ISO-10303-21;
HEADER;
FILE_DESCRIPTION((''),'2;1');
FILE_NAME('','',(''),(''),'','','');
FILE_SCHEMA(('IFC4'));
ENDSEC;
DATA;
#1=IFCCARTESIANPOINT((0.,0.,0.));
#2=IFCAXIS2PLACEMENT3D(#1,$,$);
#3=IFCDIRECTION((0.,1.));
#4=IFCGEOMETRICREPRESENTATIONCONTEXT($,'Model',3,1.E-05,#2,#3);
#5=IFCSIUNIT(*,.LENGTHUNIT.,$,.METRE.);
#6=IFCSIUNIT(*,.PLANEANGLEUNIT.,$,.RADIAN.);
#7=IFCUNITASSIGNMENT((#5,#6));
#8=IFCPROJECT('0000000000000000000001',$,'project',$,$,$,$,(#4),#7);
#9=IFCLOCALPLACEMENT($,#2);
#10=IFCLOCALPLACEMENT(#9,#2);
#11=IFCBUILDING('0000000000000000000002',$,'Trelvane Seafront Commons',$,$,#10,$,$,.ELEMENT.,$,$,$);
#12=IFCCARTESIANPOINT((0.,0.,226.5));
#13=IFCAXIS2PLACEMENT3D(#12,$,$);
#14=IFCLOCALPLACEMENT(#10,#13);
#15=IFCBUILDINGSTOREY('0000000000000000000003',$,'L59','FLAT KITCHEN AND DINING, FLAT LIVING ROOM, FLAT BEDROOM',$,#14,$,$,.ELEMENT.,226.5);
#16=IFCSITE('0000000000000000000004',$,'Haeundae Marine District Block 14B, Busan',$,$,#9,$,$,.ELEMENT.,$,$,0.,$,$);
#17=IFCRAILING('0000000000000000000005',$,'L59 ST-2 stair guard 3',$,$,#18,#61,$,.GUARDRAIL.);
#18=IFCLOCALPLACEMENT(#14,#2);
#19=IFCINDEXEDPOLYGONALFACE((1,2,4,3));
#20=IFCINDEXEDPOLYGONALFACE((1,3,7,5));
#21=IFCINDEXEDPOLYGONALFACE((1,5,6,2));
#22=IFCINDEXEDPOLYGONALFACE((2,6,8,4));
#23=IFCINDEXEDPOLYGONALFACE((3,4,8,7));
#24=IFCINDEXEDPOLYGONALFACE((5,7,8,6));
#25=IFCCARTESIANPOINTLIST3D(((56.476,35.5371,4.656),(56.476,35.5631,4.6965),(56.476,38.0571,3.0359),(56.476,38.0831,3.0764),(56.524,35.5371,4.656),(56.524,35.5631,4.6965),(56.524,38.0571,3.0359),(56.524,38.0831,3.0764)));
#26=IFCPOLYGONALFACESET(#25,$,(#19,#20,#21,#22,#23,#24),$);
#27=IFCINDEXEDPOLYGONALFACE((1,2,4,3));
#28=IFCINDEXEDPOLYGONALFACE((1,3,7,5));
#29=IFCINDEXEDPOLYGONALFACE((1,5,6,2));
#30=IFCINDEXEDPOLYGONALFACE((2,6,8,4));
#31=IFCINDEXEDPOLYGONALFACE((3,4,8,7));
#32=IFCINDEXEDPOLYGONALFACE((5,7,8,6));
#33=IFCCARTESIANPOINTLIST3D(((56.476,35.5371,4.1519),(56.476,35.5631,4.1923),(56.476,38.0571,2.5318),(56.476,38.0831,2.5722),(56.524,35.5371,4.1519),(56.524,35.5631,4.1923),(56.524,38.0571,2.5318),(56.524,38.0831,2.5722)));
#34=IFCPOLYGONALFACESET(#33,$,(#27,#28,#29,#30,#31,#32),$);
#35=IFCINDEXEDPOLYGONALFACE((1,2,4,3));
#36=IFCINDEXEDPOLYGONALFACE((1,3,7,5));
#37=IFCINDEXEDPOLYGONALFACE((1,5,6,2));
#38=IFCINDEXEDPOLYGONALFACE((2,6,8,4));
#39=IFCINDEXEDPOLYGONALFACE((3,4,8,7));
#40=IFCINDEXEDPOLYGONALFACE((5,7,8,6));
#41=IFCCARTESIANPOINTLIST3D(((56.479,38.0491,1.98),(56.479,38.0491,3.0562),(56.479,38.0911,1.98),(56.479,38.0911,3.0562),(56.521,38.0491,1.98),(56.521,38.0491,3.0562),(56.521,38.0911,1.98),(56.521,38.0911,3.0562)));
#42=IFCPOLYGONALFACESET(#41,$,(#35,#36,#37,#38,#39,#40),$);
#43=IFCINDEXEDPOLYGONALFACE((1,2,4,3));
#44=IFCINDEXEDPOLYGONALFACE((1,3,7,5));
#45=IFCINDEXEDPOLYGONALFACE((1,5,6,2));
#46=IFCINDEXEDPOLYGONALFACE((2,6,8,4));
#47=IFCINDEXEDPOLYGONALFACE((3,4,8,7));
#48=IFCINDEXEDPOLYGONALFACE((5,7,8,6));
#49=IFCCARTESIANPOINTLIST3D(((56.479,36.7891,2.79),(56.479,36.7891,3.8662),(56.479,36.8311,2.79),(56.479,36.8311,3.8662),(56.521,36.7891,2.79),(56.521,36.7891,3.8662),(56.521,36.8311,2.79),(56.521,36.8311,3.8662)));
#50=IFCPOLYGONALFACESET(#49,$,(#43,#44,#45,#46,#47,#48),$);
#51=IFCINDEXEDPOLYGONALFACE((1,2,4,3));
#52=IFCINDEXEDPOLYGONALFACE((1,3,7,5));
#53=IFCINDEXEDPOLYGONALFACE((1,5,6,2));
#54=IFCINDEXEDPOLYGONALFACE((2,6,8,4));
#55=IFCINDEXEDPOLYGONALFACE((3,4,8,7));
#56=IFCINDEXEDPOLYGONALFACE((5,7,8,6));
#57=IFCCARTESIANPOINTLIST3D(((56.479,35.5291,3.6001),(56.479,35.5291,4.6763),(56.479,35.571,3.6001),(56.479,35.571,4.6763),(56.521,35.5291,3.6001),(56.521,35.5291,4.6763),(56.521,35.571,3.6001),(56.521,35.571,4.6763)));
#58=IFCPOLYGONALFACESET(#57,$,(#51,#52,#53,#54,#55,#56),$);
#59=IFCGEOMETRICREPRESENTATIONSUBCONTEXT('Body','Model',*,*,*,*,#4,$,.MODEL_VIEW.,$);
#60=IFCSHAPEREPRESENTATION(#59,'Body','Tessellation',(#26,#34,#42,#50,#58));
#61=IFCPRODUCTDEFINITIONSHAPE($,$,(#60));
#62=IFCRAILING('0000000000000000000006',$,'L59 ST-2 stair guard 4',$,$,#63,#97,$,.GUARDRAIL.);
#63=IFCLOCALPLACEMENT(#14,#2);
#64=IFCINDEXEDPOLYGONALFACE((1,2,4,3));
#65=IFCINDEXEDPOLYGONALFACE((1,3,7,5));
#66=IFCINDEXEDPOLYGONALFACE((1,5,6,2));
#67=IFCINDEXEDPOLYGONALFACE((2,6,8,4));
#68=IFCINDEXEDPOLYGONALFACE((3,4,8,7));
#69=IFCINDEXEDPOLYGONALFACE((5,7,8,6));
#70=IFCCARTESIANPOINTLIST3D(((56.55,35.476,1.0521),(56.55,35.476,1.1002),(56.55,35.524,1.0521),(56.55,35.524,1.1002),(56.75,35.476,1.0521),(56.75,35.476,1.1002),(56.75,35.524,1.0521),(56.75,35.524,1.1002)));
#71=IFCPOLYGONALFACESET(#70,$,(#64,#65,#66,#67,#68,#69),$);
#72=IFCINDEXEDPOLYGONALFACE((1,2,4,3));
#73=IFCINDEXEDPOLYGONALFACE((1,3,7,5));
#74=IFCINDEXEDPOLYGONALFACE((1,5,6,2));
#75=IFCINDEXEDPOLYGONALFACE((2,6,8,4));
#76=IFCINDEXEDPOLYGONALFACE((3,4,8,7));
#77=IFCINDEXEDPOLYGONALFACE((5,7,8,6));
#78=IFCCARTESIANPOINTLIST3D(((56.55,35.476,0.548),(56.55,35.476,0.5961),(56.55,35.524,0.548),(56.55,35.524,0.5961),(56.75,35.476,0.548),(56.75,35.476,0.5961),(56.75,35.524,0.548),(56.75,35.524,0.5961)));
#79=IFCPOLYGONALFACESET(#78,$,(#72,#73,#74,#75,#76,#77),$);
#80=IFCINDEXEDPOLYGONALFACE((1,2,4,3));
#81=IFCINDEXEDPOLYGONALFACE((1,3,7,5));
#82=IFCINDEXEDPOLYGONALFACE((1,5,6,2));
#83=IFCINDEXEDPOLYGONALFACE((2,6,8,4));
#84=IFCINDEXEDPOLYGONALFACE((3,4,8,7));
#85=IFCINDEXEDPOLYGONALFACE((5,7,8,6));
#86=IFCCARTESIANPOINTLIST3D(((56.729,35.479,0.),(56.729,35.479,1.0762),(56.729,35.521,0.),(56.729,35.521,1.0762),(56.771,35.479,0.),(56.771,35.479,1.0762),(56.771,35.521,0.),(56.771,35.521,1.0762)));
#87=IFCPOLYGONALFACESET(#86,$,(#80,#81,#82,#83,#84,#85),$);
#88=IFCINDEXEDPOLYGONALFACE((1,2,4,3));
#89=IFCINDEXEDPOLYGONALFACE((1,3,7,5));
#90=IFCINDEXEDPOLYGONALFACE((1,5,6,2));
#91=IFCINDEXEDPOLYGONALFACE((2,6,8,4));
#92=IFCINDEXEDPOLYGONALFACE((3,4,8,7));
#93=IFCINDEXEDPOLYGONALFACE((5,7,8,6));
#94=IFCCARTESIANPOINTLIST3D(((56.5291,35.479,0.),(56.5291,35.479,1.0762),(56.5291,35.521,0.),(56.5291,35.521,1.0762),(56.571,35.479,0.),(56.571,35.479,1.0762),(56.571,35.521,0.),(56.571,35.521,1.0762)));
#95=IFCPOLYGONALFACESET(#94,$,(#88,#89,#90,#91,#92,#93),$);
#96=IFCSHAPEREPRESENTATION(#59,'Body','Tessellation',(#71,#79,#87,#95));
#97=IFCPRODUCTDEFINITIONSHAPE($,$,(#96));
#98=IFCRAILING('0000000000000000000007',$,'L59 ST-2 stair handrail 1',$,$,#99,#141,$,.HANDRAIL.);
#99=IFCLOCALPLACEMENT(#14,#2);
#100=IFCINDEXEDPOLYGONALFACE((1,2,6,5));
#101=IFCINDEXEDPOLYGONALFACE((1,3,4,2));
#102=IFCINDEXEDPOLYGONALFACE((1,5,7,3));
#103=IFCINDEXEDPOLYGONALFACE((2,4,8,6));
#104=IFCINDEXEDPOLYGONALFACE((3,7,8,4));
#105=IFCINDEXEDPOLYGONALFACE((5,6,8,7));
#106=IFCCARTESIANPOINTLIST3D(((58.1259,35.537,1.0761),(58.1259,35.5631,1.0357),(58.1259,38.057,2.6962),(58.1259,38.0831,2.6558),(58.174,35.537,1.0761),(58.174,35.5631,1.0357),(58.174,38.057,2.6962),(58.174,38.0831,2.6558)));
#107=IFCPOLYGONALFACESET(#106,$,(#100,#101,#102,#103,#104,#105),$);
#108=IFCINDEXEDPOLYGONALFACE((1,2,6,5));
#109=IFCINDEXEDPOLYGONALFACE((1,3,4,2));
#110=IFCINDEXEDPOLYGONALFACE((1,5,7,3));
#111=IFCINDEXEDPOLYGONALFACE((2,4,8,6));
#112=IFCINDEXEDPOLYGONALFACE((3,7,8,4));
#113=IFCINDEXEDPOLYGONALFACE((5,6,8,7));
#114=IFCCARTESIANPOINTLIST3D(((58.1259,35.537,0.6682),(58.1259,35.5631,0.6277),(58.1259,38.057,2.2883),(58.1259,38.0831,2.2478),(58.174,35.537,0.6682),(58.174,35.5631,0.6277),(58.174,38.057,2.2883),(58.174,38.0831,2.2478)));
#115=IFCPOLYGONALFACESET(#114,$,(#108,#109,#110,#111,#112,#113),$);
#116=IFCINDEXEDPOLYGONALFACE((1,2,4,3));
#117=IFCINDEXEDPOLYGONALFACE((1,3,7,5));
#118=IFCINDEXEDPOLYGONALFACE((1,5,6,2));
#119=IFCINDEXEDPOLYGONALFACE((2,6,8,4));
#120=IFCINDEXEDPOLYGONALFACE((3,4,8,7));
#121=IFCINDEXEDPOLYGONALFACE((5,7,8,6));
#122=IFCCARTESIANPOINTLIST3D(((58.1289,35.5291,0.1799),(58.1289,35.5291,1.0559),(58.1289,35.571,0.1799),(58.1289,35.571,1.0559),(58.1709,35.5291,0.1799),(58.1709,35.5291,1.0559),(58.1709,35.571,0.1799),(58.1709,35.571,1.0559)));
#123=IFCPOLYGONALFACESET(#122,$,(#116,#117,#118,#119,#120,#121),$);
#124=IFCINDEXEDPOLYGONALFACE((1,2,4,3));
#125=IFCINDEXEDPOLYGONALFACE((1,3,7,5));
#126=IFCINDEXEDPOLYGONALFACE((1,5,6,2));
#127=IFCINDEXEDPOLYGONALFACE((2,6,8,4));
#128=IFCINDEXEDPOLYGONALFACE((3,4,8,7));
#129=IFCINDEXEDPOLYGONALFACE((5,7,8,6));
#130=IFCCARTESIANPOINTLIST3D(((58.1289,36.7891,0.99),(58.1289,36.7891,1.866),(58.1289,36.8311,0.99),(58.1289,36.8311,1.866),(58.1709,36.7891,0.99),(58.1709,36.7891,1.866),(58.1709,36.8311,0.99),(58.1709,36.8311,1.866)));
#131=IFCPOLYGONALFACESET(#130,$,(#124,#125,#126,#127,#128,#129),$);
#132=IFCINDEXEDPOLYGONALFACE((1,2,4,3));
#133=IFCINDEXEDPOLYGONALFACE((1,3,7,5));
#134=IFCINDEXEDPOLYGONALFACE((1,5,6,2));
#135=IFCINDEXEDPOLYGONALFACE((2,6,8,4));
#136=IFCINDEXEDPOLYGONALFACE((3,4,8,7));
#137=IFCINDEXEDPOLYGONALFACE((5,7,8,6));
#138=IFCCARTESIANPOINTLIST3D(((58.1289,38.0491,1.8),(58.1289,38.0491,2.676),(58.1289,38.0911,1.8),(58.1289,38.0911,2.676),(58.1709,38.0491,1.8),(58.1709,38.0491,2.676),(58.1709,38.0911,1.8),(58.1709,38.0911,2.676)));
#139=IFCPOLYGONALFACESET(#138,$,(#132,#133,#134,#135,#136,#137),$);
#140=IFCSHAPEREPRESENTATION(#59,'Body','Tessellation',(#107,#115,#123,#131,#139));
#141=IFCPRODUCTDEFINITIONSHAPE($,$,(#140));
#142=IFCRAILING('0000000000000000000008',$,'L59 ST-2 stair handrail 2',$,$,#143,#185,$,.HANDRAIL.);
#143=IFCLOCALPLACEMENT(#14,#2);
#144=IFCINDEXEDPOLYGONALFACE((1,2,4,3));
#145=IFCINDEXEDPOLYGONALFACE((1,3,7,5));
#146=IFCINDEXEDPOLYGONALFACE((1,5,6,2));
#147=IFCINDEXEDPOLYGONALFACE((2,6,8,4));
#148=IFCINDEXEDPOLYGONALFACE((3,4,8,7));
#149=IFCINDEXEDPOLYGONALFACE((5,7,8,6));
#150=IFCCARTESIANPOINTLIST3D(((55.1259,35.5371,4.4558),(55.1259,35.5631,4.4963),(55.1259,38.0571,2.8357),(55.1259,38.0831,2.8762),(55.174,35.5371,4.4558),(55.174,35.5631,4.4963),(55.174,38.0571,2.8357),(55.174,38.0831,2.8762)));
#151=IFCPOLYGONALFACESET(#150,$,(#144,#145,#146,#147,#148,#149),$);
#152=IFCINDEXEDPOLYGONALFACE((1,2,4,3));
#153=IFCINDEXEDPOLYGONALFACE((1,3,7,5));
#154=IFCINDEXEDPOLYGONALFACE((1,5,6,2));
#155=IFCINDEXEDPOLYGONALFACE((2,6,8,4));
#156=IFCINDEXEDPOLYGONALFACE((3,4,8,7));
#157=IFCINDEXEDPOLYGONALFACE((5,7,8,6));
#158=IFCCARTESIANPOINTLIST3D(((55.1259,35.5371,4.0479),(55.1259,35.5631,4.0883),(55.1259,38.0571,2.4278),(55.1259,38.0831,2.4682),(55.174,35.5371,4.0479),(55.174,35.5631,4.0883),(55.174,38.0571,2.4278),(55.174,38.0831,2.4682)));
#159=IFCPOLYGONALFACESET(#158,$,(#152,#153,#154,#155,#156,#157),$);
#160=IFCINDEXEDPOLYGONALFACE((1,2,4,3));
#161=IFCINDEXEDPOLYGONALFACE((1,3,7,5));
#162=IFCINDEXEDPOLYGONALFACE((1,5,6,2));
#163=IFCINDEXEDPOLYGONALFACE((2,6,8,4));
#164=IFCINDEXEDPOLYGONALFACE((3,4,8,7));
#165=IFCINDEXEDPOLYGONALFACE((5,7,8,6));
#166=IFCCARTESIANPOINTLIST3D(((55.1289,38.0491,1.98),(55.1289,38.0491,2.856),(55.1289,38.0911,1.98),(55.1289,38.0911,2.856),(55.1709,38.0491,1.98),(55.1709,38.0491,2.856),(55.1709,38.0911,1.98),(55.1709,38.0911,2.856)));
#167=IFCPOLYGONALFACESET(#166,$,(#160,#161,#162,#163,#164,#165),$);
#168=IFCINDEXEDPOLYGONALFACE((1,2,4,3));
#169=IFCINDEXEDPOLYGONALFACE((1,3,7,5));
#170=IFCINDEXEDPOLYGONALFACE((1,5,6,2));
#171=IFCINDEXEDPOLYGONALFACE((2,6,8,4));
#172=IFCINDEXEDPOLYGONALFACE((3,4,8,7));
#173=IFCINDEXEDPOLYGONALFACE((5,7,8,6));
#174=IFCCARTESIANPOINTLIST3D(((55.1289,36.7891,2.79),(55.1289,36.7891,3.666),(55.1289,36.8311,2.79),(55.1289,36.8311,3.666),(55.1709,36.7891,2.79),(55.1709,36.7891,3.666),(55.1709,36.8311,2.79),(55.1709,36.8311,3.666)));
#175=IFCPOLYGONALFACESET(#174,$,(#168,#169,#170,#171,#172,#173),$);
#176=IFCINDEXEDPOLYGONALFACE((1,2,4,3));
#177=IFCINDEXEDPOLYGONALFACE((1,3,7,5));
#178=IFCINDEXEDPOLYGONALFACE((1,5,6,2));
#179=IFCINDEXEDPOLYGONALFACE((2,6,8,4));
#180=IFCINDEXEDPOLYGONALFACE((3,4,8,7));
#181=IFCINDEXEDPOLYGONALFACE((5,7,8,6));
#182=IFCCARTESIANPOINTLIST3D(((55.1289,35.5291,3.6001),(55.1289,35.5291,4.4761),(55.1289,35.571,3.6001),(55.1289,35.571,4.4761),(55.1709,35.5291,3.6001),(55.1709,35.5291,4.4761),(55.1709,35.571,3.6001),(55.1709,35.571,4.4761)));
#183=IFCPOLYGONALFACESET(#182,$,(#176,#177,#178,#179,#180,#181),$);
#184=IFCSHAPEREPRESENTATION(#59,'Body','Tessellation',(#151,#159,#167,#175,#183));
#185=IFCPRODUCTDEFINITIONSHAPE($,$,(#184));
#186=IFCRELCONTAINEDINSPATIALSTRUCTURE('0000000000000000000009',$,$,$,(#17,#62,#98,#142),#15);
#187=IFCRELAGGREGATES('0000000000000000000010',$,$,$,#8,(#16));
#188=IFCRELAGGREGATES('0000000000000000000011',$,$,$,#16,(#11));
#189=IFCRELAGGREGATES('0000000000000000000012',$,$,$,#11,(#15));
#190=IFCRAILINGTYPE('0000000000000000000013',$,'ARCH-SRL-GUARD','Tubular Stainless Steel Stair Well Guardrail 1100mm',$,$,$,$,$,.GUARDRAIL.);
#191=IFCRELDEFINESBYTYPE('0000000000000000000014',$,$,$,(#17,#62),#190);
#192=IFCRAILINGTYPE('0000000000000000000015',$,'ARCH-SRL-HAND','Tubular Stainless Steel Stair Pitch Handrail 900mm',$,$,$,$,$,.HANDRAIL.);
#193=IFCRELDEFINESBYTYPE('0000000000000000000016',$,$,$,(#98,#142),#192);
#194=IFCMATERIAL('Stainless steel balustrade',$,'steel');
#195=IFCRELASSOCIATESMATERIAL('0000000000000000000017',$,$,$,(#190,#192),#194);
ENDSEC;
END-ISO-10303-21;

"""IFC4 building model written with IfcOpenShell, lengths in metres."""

from ifc_helpers import new_model, si_unit, direction, frame, origin, origin_2d, place, context, subcontext, project, spatial, rectangle, extrude, material, type_object, element, save


model = new_model("IFC4")

# Units and contexts
model_context = context("Model", 3, precision=1e-05, world=origin(), true_north=direction((0.0, 1.0)))
body_context = subcontext(model_context, "Body", "Model", "MODEL_VIEW")
ifc_project = project(units=[si_unit("LENGTHUNIT", "METRE"), si_unit("PLANEANGLEUNIT", "RADIAN")], contexts=[model_context])

# Site, building, storey
site_placement = place(None, origin())
site = spatial("IfcSite", under=ifc_project, at=site_placement, Name="Haeundae Marine District Block 14B, Busan", CompositionType="ELEMENT", RefElevation=0.0)
building_placement = place(site_placement, origin())
building = spatial("IfcBuilding", under=site, at=building_placement, Name="Trelvane Seafront Commons", CompositionType="ELEMENT")
storey_placement = place(building_placement, frame((0.0, 0.0, 226.5)))
storey = spatial("IfcBuildingStorey", under=building, at=storey_placement, Name="L59", Description="FLAT KITCHEN AND DINING, FLAT LIVING ROOM, FLAT BEDROOM", CompositionType="ELEMENT", Elevation=226.5)

# Railings
ifc_material_1 = material(Name="Stainless steel balustrade", Category="steel")
railing_type_1 = type_object("IfcRailingType", Name="ARCH-SRL-GUARD", Description="Tubular Stainless Steel Stair Well Guardrail 1100mm", PredefinedType="GUARDRAIL", material=ifc_material_1)
railing_1_placement = place(storey_placement, frame((56.5, 38.0701, 1.98)))
element("IfcRailing", 1, at=railing_1_placement, inside=storey, type_object=railing_type_1, Name="L59 ST-2 stair guard 3", PredefinedType="GUARDRAIL", context=body_context, shape_type="SweptSolid", body=[
    extrude(rectangle(XDim=0.0481, YDim=0.0481, at=origin_2d()), frame((0.0, 0.0, 1.0762), z_axis=(0.0, -0.841163, 0.540782), x_axis=(1.0, 0.0, 0.0)), (0.0, 0.0, 1.0), 2.9958),
    extrude(rectangle(XDim=0.0481, YDim=0.0481, at=origin_2d()), frame((0.0, 0.0, 0.572), z_axis=(0.0, -0.841163, 0.540782), x_axis=(1.0, 0.0, 0.0)), (0.0, 0.0, 1.0), 2.9958),
    extrude(rectangle(XDim=0.042, YDim=0.042, at=origin_2d()), origin(), (0.0, 0.0, 1.0), 1.0762),
    extrude(rectangle(XDim=0.042, YDim=0.042, at=origin_2d()), frame((0.0, -1.26, 0.8101)), (0.0, 0.0, 1.0), 1.0762),
    extrude(rectangle(XDim=0.042, YDim=0.042, at=origin_2d()), frame((0.0, -2.52, 1.6201)), (0.0, 0.0, 1.0), 1.0762),
])
railing_2_placement = place(storey_placement, frame((56.75, 35.5, 0.0)))
element("IfcRailing", 2, at=railing_2_placement, inside=storey, type_object=railing_type_1, Name="L59 ST-2 stair guard 4", PredefinedType="GUARDRAIL", context=body_context, shape_type="SweptSolid", body=[
    extrude(rectangle(XDim=0.0481, YDim=0.0481, at=origin_2d()), frame((0.0, 0.0, 1.0762), z_axis=(-1.0, 0.0, 0.0), x_axis=(0.0, -1.0, 0.0)), (0.0, 0.0, 1.0), 0.2),
    extrude(rectangle(XDim=0.0481, YDim=0.0481, at=origin_2d()), frame((0.0, 0.0, 0.572), z_axis=(-1.0, 0.0, 0.0), x_axis=(0.0, -1.0, 0.0)), (0.0, 0.0, 1.0), 0.2),
    extrude(rectangle(XDim=0.042, YDim=0.042, at=origin_2d()), origin(), (0.0, 0.0, 1.0), 1.0762),
    extrude(rectangle(XDim=0.042, YDim=0.042, at=origin_2d()), frame((-0.2, 0.0, 0.0)), (0.0, 0.0, 1.0), 1.0762),
])
railing_type_2 = type_object("IfcRailingType", Name="ARCH-SRL-HAND", Description="Tubular Stainless Steel Stair Pitch Handrail 900mm", PredefinedType="HANDRAIL", material=ifc_material_1)
railing_3_placement = place(storey_placement, frame((58.1499, 35.55, 0.1799)))
element("IfcRailing", 3, at=railing_3_placement, inside=storey, type_object=railing_type_2, Name="L59 ST-2 stair handrail 1", PredefinedType="HANDRAIL", context=body_context, shape_type="SweptSolid", body=[
    extrude(rectangle(XDim=0.0481, YDim=0.0481, at=origin_2d()), frame((0.0, 0.0, 0.876), z_axis=(0.0, 0.841163, 0.540782), x_axis=(-1.0, 0.0, 0.0)), (0.0, 0.0, 1.0), 2.9958),
    extrude(rectangle(XDim=0.0481, YDim=0.0481, at=origin_2d()), frame((0.0, 0.0, 0.468), z_axis=(0.0, 0.841163, 0.540782), x_axis=(-1.0, 0.0, 0.0)), (0.0, 0.0, 1.0), 2.9958),
    extrude(rectangle(XDim=0.042, YDim=0.042, at=origin_2d()), origin(), (0.0, 0.0, 1.0), 0.876),
    extrude(rectangle(XDim=0.042, YDim=0.042, at=origin_2d()), frame((0.0, 1.26, 0.8101)), (0.0, 0.0, 1.0), 0.876),
    extrude(rectangle(XDim=0.042, YDim=0.042, at=origin_2d()), frame((0.0, 2.52, 1.6201)), (0.0, 0.0, 1.0), 0.876),
])
railing_4_placement = place(storey_placement, frame((55.1499, 38.0701, 1.98)))
element("IfcRailing", 4, at=railing_4_placement, inside=storey, type_object=railing_type_2, Name="L59 ST-2 stair handrail 2", PredefinedType="HANDRAIL", context=body_context, shape_type="SweptSolid", body=[
    extrude(rectangle(XDim=0.0481, YDim=0.0481, at=origin_2d()), frame((0.0, 0.0, 0.876), z_axis=(0.0, -0.841163, 0.540782), x_axis=(1.0, 0.0, 0.0)), (0.0, 0.0, 1.0), 2.9958),
    extrude(rectangle(XDim=0.0481, YDim=0.0481, at=origin_2d()), frame((0.0, 0.0, 0.468), z_axis=(0.0, -0.841163, 0.540782), x_axis=(1.0, 0.0, 0.0)), (0.0, 0.0, 1.0), 2.9958),
    extrude(rectangle(XDim=0.042, YDim=0.042, at=origin_2d()), origin(), (0.0, 0.0, 1.0), 0.876),
    extrude(rectangle(XDim=0.042, YDim=0.042, at=origin_2d()), frame((0.0, -1.26, 0.8101)), (0.0, 0.0, 1.0), 0.876),
    extrude(rectangle(XDim=0.042, YDim=0.042, at=origin_2d()), frame((0.0, -2.52, 1.6201)), (0.0, 0.0, 1.0), 0.876),
])

save(model, "model.ifc")
